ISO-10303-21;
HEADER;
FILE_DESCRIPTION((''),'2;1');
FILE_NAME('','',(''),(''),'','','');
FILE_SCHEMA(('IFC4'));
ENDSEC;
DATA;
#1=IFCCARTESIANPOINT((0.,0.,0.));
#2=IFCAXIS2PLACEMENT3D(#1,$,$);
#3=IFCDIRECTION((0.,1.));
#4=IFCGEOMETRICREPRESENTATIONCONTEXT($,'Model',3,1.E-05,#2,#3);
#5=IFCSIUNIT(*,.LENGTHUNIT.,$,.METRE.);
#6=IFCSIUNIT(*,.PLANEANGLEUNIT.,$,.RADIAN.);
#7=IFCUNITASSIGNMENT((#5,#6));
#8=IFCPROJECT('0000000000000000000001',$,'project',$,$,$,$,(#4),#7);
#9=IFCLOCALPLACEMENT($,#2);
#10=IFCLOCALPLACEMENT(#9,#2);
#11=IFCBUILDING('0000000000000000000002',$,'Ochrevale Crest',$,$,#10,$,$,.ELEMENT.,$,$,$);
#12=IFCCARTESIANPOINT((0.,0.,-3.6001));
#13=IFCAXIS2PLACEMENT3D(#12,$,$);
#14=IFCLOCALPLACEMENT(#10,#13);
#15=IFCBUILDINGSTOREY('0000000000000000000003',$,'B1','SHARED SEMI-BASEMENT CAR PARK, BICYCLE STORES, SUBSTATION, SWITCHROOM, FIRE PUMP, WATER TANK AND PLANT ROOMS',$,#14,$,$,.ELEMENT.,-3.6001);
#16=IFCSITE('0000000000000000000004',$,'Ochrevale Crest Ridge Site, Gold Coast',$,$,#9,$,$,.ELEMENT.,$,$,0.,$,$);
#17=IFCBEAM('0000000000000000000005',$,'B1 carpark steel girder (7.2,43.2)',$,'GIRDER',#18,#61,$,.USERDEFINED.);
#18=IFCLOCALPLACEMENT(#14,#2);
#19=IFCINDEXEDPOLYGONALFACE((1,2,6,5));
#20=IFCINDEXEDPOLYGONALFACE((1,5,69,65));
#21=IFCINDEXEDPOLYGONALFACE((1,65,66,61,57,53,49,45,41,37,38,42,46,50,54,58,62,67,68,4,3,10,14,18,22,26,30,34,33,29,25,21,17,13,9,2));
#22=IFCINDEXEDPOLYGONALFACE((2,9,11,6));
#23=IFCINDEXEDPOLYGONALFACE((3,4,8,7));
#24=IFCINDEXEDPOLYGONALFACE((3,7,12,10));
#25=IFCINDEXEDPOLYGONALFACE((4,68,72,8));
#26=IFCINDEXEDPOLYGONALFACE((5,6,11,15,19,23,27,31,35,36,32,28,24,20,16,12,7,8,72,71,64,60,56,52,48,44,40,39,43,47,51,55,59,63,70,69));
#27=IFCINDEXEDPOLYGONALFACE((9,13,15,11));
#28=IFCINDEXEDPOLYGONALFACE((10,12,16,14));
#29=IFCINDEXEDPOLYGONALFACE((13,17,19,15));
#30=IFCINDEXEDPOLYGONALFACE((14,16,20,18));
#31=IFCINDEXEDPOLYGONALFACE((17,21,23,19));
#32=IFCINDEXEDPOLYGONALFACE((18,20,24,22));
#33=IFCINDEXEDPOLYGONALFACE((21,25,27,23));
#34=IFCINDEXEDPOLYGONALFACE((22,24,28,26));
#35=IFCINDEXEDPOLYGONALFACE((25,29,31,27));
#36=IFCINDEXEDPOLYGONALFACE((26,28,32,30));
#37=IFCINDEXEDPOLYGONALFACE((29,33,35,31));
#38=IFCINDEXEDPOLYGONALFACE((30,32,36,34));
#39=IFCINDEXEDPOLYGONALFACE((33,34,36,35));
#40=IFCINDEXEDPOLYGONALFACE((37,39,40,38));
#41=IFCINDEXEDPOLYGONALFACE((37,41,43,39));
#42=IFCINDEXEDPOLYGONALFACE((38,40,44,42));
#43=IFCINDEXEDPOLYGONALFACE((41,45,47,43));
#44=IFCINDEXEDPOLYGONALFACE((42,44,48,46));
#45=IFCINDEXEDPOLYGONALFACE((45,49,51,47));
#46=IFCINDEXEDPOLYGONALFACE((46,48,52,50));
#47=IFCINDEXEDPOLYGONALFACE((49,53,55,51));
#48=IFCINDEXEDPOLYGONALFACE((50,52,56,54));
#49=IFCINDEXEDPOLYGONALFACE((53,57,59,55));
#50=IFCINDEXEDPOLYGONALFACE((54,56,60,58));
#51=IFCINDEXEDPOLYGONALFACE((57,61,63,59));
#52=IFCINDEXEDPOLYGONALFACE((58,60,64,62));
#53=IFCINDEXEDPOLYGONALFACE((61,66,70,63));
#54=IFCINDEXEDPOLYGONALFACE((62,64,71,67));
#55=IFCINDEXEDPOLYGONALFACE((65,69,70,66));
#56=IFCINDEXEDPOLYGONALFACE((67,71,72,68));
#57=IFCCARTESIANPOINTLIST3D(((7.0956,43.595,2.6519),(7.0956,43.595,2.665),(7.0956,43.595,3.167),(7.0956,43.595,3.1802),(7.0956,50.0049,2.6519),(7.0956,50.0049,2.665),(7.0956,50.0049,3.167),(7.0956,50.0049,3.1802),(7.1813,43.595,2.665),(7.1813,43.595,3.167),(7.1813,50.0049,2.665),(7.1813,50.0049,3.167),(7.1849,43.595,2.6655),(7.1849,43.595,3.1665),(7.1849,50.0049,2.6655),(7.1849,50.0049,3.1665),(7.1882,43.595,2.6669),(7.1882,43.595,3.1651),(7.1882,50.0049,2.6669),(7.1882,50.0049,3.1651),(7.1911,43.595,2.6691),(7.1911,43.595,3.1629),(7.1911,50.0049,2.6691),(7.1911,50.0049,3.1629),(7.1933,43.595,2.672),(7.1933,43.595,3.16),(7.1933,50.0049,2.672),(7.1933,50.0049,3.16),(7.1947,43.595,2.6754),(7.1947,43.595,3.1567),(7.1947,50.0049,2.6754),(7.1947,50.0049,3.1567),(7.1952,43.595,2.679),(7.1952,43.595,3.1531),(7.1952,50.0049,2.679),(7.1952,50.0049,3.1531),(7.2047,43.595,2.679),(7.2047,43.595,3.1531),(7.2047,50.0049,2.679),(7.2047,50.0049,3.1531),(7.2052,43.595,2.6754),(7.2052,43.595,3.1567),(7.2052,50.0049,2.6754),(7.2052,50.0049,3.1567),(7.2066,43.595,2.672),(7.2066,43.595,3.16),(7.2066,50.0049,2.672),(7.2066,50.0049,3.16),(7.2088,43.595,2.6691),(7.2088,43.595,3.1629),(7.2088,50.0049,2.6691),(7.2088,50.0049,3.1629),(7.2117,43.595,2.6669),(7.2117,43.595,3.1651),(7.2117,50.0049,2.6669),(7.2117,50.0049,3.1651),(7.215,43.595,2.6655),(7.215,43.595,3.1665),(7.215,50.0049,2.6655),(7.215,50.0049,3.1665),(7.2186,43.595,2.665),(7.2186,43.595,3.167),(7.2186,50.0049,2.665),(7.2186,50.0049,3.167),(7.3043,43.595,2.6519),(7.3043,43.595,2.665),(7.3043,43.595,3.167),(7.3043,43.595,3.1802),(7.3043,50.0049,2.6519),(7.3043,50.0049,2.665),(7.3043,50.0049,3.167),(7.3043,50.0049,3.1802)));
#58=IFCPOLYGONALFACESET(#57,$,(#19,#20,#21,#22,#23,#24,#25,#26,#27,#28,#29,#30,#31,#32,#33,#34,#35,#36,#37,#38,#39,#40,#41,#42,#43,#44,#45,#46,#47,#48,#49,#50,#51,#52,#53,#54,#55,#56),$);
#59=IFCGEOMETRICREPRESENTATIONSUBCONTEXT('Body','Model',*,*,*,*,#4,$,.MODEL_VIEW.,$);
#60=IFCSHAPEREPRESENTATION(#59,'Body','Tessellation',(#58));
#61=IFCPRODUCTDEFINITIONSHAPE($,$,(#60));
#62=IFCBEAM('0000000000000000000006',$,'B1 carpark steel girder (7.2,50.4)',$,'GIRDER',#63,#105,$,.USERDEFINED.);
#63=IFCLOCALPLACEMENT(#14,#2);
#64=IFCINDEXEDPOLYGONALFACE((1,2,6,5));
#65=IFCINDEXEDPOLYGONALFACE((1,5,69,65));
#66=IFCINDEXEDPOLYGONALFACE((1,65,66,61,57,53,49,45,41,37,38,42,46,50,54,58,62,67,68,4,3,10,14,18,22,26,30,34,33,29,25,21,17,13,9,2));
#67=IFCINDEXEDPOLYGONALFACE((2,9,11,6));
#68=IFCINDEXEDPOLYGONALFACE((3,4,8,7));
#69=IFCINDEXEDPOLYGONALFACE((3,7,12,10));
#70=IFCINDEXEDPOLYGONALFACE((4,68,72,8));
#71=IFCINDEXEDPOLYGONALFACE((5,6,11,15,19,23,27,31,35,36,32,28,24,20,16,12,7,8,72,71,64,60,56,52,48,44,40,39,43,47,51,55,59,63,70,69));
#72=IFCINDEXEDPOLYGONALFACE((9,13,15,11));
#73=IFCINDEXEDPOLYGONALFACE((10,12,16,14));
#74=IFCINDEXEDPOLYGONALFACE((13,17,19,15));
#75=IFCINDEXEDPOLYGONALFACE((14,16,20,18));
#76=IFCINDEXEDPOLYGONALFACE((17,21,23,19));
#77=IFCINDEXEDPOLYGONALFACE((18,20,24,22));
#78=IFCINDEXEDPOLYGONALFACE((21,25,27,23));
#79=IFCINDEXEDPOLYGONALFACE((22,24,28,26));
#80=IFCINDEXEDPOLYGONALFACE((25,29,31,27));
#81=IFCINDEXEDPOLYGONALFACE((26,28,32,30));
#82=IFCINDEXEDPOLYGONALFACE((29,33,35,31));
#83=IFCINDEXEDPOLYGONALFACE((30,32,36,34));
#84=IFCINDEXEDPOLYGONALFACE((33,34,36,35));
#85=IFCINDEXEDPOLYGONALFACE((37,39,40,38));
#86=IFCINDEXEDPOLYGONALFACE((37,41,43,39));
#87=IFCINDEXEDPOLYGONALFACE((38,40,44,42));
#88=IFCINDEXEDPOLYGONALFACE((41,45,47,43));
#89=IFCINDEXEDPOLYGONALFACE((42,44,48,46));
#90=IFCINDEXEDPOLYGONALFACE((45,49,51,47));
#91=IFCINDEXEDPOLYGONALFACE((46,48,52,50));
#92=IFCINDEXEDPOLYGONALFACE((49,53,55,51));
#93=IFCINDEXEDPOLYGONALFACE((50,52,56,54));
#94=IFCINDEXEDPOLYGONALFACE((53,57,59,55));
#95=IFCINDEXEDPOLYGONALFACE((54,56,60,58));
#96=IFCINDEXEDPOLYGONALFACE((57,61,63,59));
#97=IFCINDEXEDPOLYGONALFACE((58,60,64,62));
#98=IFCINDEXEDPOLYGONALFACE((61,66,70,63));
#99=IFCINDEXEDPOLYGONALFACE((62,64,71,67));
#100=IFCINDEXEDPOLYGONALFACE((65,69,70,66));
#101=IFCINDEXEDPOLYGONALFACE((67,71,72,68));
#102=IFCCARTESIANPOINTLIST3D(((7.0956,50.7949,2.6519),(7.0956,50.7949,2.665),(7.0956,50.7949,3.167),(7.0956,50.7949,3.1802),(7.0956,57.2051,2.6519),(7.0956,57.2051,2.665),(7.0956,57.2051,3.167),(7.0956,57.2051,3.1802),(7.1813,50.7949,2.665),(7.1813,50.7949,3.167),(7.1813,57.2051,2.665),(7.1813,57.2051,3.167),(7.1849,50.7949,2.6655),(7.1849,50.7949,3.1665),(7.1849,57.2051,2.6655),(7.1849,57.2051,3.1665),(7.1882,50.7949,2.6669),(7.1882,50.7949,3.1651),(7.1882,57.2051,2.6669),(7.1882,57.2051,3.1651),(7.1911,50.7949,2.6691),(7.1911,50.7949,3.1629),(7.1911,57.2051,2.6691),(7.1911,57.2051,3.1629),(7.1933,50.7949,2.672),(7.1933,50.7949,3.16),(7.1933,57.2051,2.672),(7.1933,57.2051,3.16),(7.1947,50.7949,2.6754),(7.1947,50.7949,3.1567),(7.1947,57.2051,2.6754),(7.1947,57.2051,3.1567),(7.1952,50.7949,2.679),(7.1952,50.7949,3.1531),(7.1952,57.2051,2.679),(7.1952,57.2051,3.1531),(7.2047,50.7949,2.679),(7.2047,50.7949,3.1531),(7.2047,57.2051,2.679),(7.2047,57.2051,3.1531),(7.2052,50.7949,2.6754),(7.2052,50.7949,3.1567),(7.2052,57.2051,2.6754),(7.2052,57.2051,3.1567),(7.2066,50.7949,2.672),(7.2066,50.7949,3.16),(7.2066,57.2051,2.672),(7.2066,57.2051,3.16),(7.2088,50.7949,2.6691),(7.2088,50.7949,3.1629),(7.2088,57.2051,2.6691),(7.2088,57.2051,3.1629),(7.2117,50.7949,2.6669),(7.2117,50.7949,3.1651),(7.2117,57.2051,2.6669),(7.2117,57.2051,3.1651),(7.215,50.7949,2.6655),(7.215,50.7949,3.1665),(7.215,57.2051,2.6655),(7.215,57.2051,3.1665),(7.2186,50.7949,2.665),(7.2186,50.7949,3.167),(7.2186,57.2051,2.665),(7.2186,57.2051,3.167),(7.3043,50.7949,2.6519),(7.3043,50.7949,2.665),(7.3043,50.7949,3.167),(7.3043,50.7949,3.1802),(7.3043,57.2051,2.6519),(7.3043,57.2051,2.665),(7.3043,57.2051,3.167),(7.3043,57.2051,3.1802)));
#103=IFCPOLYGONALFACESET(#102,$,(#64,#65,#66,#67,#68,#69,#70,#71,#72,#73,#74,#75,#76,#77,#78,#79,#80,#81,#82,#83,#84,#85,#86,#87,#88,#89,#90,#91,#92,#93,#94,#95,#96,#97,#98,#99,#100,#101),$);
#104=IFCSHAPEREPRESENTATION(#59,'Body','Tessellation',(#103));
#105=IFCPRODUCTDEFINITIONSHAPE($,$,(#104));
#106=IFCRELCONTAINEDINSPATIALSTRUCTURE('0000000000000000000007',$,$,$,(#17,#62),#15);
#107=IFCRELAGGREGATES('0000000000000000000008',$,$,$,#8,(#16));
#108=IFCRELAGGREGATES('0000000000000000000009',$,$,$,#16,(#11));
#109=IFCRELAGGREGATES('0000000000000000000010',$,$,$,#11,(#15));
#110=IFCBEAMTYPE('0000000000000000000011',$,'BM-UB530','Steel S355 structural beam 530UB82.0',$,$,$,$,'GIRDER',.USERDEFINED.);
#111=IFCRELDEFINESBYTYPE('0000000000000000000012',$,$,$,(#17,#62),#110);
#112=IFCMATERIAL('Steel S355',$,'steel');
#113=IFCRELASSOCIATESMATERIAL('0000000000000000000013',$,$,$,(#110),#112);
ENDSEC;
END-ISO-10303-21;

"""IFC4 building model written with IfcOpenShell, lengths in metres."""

from ifc_helpers import new_model, si_unit, direction, frame, origin, origin_2d, place, context, subcontext, project, spatial, i_section, extrude, material, material_profile, profile_set, type_object, element, save


model = new_model("IFC4")

# Units and contexts
model_context = context("Model", 3, precision=1e-05, world=origin(), true_north=direction((0.0, 1.0)))
body_context = subcontext(model_context, "Body", "Model", "MODEL_VIEW")
ifc_project = project(units=[si_unit("LENGTHUNIT", "METRE"), si_unit("PLANEANGLEUNIT", "RADIAN")], contexts=[model_context])

# Site, building, storey
site_placement = place(None, origin())
site = spatial("IfcSite", under=ifc_project, at=site_placement, Name="Ochrevale Crest Ridge Site, Gold Coast", CompositionType="ELEMENT", RefElevation=0.0)
building_placement = place(site_placement, origin())
building = spatial("IfcBuilding", under=site, at=building_placement, Name="Ochrevale Crest", CompositionType="ELEMENT")
storey_placement = place(building_placement, frame((0.0, 0.0, -3.6001)))
storey = spatial("IfcBuildingStorey", under=building, at=storey_placement, Name="B1", Description="SHARED SEMI-BASEMENT CAR PARK, BICYCLE STORES, SUBSTATION, SWITCHROOM, FIRE PUMP, WATER TANK AND PLANT ROOMS", CompositionType="ELEMENT", Elevation=-3.6001)

# Beams
ifc_material_1 = material(Name="Steel S355", Category="steel")
ifc_material_profile_1 = material_profile(ifc_material_1, i_section(OverallWidth=0.2087, OverallDepth=0.5283, WebThickness=0.0095, FlangeThickness=0.0132, FilletRadius=0.0139, at=origin_2d()), Name="530UB82.0")
ifc_profile_set_1 = profile_set([ifc_material_profile_1], Name="Steel S355")
beam_type_1 = type_object("IfcBeamType", Name="BM-UB530", Description="Steel S355 structural beam 530UB82.0", ElementType="GIRDER", PredefinedType="USERDEFINED", material=ifc_profile_set_1)
beam_1_placement = place(storey_placement, frame((7.2, 43.595, 2.916), z_axis=(0.0, 1.0, 0.0), x_axis=(-1.0, 0.0, 0.0)))
element("IfcBeam", 1, at=beam_1_placement, inside=storey, type_object=beam_type_1, Name="B1 carpark steel girder (7.2,43.2)", ObjectType="GIRDER", PredefinedType="USERDEFINED", context=body_context, shape_type="SweptSolid", body=[
    extrude(i_section(OverallWidth=0.2087, OverallDepth=0.5283, WebThickness=0.0095, FlangeThickness=0.0132, FilletRadius=0.0139, at=origin_2d()), origin(), (0.0, 0.0, 1.0), 6.4099),
])
beam_2_placement = place(storey_placement, frame((7.2, 50.7949, 2.916), z_axis=(0.0, 1.0, 0.0), x_axis=(-1.0, 0.0, 0.0)))
element("IfcBeam", 2, at=beam_2_placement, inside=storey, type_object=beam_type_1, Name="B1 carpark steel girder (7.2,50.4)", ObjectType="GIRDER", PredefinedType="USERDEFINED", context=body_context, shape_type="SweptSolid", body=[
    extrude(i_section(OverallWidth=0.2087, OverallDepth=0.5283, WebThickness=0.0095, FlangeThickness=0.0132, FilletRadius=0.0139, at=origin_2d()), origin(), (0.0, 0.0, 1.0), 6.4102),
])

save(model, "model.ifc")
